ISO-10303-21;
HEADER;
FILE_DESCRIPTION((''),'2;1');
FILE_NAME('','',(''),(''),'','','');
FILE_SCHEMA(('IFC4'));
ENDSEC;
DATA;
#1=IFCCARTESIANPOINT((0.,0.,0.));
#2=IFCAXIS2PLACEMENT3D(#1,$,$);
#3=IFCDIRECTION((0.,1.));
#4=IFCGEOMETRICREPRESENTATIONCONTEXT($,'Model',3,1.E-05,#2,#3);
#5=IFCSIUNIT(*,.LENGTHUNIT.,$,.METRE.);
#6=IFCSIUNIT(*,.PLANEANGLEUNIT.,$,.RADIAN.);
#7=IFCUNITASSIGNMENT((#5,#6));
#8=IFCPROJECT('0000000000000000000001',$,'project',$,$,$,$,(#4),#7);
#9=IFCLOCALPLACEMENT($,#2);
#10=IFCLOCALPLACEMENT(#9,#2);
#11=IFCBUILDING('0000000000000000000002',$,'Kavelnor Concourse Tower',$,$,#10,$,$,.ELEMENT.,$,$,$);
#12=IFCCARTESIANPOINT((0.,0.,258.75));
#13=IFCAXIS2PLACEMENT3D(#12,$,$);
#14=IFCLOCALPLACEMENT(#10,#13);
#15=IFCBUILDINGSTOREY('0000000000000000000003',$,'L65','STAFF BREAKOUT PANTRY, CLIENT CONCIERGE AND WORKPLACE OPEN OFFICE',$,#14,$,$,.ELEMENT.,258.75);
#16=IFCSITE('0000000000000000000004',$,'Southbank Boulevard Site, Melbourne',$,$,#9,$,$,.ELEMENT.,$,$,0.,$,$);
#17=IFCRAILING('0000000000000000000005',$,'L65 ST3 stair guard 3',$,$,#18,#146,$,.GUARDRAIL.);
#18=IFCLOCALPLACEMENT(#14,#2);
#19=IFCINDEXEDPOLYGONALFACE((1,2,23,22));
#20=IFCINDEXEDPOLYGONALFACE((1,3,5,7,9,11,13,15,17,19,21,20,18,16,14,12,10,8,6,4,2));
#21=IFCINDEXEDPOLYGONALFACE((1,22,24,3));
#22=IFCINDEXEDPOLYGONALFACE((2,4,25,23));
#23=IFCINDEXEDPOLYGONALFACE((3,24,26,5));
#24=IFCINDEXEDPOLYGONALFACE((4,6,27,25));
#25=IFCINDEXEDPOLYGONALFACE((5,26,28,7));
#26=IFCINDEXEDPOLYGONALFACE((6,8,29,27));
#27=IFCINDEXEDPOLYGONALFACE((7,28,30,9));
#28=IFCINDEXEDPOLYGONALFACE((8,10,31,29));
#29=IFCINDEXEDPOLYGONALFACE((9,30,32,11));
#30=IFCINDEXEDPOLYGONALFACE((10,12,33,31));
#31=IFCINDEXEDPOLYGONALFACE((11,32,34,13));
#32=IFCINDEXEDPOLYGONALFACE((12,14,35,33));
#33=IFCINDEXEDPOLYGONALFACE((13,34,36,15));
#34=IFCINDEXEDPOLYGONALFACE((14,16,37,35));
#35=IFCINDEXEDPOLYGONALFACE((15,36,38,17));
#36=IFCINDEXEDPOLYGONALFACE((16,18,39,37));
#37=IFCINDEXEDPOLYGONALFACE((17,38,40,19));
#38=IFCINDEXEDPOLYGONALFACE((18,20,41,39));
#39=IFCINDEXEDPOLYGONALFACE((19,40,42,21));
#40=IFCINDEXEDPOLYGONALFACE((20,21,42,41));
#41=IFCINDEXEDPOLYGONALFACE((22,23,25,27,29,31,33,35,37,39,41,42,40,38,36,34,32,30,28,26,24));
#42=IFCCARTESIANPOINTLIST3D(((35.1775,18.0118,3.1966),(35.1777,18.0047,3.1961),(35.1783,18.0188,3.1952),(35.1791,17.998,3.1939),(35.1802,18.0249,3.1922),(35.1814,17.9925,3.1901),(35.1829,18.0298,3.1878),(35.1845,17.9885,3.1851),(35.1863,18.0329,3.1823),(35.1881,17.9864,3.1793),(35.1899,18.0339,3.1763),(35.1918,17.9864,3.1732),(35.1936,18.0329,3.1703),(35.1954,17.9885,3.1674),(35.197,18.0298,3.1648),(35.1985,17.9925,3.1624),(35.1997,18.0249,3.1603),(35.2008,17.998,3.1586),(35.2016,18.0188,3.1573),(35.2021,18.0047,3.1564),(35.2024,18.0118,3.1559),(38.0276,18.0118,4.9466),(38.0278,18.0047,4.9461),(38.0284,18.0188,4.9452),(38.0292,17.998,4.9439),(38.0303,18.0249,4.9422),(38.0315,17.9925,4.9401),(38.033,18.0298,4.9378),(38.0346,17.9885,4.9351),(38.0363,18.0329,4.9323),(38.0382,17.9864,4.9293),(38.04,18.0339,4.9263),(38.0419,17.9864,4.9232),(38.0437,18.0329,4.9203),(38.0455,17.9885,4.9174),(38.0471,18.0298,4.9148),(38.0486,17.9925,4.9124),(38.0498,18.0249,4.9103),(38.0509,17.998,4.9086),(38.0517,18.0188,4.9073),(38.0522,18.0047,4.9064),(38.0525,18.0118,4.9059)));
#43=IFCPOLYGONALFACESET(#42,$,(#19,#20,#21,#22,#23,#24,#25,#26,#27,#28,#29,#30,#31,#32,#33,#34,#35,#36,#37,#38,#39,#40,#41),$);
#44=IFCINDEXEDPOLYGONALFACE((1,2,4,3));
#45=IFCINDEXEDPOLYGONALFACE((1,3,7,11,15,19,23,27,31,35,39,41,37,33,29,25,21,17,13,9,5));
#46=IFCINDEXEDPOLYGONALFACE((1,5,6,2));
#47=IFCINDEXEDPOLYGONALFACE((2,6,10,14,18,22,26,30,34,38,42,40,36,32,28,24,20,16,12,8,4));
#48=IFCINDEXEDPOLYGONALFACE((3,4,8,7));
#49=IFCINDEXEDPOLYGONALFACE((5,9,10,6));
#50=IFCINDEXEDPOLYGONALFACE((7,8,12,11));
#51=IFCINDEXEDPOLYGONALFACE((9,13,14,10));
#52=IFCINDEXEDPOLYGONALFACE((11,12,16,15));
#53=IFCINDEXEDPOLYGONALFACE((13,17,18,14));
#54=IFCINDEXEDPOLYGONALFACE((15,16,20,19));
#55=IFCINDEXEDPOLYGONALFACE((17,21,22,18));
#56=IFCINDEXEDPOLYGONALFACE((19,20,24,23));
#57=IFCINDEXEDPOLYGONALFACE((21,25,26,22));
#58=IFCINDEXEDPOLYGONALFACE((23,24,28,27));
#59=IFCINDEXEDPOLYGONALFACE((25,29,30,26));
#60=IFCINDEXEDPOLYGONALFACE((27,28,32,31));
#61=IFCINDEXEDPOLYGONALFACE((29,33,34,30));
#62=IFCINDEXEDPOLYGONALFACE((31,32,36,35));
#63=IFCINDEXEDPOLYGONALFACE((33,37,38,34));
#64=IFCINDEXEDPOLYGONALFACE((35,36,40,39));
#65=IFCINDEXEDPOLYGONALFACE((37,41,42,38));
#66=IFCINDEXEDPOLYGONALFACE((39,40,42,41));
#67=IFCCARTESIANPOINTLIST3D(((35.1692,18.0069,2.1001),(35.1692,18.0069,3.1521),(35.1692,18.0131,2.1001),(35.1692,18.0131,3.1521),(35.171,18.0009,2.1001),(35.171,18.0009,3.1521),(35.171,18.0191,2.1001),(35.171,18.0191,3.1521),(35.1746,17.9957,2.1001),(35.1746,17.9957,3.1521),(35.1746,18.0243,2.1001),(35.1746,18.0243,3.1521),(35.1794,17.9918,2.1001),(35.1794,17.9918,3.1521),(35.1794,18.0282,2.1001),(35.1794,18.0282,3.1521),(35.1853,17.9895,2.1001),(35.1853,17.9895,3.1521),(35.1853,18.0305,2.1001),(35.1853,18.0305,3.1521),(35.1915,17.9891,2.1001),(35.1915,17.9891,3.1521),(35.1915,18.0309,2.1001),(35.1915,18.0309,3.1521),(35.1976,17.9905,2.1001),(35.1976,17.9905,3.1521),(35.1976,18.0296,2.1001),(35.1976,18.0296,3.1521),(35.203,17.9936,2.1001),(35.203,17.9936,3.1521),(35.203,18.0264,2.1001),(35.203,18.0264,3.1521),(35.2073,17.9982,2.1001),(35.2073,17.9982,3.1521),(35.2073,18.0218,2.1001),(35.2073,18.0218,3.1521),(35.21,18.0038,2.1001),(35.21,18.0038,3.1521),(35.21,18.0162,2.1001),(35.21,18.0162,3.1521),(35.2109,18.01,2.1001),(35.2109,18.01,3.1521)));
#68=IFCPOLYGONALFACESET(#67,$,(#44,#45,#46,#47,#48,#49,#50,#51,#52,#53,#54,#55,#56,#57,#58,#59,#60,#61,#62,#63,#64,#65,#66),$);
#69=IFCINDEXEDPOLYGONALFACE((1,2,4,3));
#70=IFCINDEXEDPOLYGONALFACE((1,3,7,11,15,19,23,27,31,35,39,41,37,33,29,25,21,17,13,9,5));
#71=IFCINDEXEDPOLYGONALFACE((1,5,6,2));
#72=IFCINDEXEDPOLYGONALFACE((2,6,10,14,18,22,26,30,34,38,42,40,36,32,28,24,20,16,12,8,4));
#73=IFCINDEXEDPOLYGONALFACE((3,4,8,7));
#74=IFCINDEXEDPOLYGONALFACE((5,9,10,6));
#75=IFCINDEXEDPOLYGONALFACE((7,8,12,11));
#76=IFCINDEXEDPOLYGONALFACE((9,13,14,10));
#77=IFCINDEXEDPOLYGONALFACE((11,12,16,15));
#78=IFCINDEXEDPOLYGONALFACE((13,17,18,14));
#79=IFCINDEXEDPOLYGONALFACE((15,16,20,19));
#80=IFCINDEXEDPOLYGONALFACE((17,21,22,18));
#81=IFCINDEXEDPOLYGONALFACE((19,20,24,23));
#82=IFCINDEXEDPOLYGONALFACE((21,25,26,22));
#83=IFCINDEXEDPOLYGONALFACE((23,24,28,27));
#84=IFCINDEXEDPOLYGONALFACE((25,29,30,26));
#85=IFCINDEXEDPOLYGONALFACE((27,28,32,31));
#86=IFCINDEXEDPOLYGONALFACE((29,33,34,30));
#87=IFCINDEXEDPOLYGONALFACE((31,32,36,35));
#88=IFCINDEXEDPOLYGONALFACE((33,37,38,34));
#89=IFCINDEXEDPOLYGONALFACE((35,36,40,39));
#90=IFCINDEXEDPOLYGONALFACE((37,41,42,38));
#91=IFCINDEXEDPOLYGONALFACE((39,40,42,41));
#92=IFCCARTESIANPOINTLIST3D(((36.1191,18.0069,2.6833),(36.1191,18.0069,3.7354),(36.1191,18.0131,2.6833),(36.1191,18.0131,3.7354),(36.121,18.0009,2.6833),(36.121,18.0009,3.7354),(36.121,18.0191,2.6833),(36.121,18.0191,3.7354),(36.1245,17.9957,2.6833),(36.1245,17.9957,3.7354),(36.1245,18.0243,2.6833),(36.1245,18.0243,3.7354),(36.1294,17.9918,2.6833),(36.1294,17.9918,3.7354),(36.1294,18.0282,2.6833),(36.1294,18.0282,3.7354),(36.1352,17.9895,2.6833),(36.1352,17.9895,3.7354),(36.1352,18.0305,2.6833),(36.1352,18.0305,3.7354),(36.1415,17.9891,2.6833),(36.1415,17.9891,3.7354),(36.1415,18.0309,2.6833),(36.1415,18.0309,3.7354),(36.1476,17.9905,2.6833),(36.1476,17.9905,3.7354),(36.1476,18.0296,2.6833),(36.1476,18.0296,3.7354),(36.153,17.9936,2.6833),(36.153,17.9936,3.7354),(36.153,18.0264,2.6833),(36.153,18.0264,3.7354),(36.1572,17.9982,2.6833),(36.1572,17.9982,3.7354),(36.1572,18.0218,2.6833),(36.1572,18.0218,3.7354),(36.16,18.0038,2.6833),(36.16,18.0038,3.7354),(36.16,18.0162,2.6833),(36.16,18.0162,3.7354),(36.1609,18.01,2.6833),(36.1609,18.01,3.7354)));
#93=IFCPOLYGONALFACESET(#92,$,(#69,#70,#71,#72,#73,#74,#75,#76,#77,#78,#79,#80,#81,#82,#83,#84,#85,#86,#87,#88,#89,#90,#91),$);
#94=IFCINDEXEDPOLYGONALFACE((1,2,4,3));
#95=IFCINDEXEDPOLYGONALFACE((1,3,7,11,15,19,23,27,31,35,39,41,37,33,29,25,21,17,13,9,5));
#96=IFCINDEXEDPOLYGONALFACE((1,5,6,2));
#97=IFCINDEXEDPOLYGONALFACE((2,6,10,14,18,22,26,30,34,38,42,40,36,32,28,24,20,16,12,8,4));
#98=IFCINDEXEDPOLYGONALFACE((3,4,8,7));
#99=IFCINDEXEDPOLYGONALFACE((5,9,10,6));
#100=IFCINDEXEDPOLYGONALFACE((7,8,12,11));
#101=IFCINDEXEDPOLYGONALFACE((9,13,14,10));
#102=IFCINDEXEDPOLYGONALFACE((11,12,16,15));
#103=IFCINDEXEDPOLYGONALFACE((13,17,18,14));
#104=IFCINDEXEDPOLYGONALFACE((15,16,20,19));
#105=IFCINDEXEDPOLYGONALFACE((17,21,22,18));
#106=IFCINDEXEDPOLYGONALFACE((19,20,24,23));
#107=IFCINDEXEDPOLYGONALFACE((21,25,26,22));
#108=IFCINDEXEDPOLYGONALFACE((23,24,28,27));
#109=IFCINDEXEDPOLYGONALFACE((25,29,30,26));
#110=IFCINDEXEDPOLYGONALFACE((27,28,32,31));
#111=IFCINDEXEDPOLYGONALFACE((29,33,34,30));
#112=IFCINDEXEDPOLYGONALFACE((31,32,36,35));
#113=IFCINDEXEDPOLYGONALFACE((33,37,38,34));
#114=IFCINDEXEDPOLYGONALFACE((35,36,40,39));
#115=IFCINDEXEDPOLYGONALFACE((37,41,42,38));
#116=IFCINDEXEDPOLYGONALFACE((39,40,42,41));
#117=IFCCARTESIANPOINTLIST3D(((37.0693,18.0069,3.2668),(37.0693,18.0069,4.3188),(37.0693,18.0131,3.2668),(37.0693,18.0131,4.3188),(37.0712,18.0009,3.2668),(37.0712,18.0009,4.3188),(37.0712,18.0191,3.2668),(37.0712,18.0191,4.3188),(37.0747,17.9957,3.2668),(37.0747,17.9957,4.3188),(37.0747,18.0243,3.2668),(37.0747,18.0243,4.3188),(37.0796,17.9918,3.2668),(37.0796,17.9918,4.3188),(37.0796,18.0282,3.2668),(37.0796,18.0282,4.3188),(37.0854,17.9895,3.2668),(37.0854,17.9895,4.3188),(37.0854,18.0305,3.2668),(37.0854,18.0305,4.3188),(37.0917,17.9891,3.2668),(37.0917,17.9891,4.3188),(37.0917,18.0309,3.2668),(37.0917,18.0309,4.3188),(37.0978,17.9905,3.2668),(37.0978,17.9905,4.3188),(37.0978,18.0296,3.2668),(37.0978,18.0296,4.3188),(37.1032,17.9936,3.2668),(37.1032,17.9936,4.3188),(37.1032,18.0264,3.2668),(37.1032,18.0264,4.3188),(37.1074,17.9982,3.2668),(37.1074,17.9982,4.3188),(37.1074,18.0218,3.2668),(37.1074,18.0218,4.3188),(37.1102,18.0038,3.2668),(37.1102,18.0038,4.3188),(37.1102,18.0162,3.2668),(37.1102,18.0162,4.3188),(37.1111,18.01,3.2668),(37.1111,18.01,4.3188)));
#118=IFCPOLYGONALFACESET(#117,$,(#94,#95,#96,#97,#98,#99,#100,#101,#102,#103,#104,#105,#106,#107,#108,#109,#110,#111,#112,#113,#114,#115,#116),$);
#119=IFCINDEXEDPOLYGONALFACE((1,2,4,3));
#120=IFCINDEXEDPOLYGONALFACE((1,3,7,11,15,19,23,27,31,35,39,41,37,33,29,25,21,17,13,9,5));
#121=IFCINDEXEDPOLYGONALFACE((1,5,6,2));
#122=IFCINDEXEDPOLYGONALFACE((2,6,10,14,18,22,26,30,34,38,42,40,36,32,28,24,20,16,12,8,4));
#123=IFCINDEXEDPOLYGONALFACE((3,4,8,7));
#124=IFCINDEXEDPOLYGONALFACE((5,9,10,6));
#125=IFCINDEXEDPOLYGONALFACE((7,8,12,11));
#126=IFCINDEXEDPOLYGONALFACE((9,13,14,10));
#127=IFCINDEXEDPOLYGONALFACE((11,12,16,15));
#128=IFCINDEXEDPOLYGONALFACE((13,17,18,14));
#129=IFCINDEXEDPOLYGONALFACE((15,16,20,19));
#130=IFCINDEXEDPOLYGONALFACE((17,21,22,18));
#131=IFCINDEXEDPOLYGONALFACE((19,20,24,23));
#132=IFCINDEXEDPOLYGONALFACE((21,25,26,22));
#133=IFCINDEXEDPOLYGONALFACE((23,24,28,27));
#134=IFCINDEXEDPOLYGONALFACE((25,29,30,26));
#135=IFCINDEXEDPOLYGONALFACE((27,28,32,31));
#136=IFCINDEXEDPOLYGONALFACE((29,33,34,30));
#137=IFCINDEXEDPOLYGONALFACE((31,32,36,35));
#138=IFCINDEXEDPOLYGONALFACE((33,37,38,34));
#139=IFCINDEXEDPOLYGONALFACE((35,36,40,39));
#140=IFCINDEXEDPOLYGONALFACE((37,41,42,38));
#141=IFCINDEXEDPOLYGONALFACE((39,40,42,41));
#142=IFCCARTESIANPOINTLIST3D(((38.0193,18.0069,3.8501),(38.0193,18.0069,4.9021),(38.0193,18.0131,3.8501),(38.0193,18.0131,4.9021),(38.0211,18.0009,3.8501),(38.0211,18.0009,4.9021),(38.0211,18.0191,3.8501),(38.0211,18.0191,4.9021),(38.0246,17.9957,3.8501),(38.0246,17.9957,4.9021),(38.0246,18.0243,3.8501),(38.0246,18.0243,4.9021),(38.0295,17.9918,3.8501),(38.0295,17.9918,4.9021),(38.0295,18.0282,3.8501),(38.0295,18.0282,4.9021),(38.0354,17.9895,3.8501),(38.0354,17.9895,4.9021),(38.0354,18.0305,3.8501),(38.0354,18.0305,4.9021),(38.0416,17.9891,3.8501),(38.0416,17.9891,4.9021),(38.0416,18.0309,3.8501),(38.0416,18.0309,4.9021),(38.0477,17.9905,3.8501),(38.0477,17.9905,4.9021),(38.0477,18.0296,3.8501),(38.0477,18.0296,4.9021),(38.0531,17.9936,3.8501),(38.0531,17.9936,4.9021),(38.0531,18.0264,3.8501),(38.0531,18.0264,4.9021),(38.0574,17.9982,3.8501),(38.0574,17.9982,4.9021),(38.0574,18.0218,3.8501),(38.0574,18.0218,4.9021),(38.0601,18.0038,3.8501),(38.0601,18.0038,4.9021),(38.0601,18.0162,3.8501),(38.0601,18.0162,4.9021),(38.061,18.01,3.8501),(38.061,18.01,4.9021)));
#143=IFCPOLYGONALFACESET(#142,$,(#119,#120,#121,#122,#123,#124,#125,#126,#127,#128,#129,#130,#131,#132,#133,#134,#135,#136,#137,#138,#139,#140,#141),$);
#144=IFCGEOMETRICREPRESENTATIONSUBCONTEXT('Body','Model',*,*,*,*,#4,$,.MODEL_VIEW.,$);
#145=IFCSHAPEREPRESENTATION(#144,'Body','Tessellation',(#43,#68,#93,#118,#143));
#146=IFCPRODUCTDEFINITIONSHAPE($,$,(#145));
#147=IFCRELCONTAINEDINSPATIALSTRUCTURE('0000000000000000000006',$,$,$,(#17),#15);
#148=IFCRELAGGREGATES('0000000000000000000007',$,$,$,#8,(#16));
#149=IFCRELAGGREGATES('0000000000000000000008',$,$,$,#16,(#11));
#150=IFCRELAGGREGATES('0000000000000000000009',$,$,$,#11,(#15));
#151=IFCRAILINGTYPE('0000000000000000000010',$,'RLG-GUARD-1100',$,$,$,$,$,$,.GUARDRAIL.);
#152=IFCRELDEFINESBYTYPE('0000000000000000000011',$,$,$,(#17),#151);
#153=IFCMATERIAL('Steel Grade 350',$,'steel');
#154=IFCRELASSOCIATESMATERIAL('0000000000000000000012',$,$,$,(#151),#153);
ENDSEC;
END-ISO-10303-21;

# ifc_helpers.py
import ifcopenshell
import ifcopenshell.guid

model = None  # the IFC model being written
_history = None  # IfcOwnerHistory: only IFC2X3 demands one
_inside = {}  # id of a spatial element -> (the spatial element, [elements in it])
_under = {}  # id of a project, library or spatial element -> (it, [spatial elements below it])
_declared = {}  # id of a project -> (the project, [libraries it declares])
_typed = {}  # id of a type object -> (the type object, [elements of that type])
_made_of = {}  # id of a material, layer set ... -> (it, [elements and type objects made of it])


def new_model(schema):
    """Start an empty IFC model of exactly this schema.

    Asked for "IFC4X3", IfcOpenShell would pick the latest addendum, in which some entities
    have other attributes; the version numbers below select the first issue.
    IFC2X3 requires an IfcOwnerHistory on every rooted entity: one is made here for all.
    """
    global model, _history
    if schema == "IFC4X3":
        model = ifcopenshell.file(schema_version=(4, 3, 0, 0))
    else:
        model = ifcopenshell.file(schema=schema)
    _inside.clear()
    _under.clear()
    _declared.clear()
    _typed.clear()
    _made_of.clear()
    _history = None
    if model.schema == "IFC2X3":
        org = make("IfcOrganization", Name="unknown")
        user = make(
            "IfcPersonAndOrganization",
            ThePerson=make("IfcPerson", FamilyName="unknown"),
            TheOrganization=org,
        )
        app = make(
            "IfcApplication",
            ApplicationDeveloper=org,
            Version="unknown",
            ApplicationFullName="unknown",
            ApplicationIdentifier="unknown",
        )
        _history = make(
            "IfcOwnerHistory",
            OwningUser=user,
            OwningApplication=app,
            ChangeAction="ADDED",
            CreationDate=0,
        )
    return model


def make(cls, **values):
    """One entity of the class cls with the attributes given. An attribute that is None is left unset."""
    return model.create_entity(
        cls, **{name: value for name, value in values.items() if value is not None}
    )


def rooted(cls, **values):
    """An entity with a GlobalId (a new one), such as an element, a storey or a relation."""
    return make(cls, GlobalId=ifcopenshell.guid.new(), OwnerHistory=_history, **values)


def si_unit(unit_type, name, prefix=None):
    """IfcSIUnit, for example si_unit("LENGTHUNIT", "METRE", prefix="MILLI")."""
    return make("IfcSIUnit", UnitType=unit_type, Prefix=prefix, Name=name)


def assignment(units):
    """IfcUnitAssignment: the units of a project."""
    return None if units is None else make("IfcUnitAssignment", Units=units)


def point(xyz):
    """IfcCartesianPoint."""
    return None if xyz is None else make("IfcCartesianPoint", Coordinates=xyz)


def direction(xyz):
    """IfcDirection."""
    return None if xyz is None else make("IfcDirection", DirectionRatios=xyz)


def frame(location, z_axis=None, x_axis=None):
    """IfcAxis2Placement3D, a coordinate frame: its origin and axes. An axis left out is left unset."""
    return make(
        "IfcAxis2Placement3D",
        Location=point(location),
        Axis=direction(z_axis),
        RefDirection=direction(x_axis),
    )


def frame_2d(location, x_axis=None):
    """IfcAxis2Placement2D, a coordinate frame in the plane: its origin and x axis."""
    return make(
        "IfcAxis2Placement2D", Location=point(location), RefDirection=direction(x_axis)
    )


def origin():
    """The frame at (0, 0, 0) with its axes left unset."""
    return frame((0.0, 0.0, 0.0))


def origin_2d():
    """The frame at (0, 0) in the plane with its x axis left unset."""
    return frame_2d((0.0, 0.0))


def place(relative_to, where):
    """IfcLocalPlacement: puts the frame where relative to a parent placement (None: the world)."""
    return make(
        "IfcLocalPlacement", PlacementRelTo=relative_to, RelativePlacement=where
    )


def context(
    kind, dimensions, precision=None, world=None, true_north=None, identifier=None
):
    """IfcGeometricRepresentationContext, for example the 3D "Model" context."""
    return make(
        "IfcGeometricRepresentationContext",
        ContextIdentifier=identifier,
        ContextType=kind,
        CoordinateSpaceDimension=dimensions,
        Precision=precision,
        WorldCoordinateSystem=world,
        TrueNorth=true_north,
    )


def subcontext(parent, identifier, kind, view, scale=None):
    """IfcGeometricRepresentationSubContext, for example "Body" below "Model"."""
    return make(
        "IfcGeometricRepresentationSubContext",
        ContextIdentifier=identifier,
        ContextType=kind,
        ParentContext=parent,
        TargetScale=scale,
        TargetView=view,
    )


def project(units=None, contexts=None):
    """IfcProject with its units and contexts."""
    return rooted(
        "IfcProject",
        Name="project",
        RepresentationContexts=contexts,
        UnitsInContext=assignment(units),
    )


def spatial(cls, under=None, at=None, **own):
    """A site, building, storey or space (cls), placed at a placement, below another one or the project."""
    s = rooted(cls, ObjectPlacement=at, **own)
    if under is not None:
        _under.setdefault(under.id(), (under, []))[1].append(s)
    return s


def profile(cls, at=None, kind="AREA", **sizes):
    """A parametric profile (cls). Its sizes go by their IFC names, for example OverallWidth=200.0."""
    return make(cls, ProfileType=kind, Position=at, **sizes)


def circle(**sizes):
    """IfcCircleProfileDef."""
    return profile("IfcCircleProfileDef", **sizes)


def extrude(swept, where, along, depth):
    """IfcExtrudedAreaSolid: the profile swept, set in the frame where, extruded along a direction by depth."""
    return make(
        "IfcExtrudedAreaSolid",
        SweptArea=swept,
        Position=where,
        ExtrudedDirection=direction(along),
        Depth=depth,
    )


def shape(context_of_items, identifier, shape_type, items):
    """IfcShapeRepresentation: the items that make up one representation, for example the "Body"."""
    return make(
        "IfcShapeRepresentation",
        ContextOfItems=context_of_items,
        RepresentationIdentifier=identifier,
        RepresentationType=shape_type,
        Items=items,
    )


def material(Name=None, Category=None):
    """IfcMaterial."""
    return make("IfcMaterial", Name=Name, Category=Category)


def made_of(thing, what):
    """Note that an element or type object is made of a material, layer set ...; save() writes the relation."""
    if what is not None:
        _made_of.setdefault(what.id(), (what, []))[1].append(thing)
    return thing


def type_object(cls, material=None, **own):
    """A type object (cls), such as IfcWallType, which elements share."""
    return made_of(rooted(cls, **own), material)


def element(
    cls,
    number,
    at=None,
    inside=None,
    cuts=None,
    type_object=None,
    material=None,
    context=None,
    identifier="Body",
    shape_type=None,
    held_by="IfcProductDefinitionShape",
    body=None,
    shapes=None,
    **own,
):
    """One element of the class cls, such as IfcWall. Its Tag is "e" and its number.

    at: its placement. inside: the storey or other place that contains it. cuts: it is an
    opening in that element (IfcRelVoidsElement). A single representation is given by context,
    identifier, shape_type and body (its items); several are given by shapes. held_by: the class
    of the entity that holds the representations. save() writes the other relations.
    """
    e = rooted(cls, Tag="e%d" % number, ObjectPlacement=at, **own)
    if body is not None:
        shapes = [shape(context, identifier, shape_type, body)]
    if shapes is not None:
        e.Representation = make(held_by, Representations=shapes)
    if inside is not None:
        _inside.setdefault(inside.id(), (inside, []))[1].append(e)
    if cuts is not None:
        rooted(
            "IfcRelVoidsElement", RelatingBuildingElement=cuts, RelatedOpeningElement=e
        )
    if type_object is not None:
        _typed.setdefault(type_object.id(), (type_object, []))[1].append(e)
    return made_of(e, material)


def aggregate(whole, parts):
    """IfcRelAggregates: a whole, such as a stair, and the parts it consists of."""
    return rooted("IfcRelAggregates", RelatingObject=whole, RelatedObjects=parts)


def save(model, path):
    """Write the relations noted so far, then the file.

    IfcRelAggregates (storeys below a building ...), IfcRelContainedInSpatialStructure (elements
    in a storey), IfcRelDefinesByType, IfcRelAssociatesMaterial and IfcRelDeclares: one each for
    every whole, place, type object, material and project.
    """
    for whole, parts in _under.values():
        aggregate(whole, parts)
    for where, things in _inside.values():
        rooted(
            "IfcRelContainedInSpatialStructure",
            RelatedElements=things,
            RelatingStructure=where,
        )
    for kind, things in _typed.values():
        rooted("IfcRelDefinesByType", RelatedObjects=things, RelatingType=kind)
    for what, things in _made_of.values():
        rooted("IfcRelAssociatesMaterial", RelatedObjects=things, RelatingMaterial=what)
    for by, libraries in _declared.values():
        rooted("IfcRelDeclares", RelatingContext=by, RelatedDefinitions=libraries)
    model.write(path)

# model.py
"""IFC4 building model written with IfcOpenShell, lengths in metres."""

from ifc_helpers import new_model, si_unit, direction, frame, origin, origin_2d, place, context, subcontext, project, spatial, circle, extrude, material, type_object, element, save


model = new_model("IFC4")

# Units and contexts
model_context = context("Model", 3, precision=1e-05, world=origin(), true_north=direction((0.0, 1.0)))
body_context = subcontext(model_context, "Body", "Model", "MODEL_VIEW")
ifc_project = project(units=[si_unit("LENGTHUNIT", "METRE"), si_unit("PLANEANGLEUNIT", "RADIAN")], contexts=[model_context])

# Site, building, storey
site_placement = place(None, origin())
site = spatial("IfcSite", under=ifc_project, at=site_placement, Name="Southbank Boulevard Site, Melbourne", CompositionType="ELEMENT", RefElevation=0.0)
building_placement = place(site_placement, origin())
building = spatial("IfcBuilding", under=site, at=building_placement, Name="Kavelnor Concourse Tower", CompositionType="ELEMENT")
storey_placement = place(building_placement, frame((0.0, 0.0, 258.75)))
storey = spatial("IfcBuildingStorey", under=building, at=storey_placement, Name="L65", Description="STAFF BREAKOUT PANTRY, CLIENT CONCIERGE AND WORKPLACE OPEN OFFICE", CompositionType="ELEMENT", Elevation=258.75)

# Shared definitions
ifc_material_1 = material(Name="Steel Grade 350", Category="steel")

# Railing
railing_type = type_object("IfcRailingType", Name="RLG-GUARD-1100", PredefinedType="GUARDRAIL", material=ifc_material_1)
railing_1_placement = place(storey_placement, frame((35.1899, 18.01, 2.1001)))
element("IfcRailing", 1, at=railing_1_placement, inside=storey, type_object=railing_type, Name="L65 ST3 stair guard 3", PredefinedType="GUARDRAIL", context=body_context, shape_type="SweptSolid", body=[
    extrude(circle(Radius=0.0239, at=origin_2d()), frame((0.0, 0.0, 1.0762), z_axis=(0.852179, 0.0, 0.52325), x_axis=(0.0, 1.0, 0.0)), (0.0, 0.0, 1.0), 3.3445),
    extrude(circle(Radius=0.021, at=origin_2d()), origin(), (0.0, 0.0, 1.0), 1.052),
    extrude(circle(Radius=0.021, at=origin_2d()), frame((0.95, 0.0, 0.5833)), (0.0, 0.0, 1.0), 1.052),
    extrude(circle(Radius=0.021, at=origin_2d()), frame((1.9001, 0.0, 1.1667)), (0.0, 0.0, 1.0), 1.052),
    extrude(circle(Radius=0.021, at=origin_2d()), frame((2.8501, 0.0, 1.75)), (0.0, 0.0, 1.0), 1.052),
])

save(model, "model.ifc")
